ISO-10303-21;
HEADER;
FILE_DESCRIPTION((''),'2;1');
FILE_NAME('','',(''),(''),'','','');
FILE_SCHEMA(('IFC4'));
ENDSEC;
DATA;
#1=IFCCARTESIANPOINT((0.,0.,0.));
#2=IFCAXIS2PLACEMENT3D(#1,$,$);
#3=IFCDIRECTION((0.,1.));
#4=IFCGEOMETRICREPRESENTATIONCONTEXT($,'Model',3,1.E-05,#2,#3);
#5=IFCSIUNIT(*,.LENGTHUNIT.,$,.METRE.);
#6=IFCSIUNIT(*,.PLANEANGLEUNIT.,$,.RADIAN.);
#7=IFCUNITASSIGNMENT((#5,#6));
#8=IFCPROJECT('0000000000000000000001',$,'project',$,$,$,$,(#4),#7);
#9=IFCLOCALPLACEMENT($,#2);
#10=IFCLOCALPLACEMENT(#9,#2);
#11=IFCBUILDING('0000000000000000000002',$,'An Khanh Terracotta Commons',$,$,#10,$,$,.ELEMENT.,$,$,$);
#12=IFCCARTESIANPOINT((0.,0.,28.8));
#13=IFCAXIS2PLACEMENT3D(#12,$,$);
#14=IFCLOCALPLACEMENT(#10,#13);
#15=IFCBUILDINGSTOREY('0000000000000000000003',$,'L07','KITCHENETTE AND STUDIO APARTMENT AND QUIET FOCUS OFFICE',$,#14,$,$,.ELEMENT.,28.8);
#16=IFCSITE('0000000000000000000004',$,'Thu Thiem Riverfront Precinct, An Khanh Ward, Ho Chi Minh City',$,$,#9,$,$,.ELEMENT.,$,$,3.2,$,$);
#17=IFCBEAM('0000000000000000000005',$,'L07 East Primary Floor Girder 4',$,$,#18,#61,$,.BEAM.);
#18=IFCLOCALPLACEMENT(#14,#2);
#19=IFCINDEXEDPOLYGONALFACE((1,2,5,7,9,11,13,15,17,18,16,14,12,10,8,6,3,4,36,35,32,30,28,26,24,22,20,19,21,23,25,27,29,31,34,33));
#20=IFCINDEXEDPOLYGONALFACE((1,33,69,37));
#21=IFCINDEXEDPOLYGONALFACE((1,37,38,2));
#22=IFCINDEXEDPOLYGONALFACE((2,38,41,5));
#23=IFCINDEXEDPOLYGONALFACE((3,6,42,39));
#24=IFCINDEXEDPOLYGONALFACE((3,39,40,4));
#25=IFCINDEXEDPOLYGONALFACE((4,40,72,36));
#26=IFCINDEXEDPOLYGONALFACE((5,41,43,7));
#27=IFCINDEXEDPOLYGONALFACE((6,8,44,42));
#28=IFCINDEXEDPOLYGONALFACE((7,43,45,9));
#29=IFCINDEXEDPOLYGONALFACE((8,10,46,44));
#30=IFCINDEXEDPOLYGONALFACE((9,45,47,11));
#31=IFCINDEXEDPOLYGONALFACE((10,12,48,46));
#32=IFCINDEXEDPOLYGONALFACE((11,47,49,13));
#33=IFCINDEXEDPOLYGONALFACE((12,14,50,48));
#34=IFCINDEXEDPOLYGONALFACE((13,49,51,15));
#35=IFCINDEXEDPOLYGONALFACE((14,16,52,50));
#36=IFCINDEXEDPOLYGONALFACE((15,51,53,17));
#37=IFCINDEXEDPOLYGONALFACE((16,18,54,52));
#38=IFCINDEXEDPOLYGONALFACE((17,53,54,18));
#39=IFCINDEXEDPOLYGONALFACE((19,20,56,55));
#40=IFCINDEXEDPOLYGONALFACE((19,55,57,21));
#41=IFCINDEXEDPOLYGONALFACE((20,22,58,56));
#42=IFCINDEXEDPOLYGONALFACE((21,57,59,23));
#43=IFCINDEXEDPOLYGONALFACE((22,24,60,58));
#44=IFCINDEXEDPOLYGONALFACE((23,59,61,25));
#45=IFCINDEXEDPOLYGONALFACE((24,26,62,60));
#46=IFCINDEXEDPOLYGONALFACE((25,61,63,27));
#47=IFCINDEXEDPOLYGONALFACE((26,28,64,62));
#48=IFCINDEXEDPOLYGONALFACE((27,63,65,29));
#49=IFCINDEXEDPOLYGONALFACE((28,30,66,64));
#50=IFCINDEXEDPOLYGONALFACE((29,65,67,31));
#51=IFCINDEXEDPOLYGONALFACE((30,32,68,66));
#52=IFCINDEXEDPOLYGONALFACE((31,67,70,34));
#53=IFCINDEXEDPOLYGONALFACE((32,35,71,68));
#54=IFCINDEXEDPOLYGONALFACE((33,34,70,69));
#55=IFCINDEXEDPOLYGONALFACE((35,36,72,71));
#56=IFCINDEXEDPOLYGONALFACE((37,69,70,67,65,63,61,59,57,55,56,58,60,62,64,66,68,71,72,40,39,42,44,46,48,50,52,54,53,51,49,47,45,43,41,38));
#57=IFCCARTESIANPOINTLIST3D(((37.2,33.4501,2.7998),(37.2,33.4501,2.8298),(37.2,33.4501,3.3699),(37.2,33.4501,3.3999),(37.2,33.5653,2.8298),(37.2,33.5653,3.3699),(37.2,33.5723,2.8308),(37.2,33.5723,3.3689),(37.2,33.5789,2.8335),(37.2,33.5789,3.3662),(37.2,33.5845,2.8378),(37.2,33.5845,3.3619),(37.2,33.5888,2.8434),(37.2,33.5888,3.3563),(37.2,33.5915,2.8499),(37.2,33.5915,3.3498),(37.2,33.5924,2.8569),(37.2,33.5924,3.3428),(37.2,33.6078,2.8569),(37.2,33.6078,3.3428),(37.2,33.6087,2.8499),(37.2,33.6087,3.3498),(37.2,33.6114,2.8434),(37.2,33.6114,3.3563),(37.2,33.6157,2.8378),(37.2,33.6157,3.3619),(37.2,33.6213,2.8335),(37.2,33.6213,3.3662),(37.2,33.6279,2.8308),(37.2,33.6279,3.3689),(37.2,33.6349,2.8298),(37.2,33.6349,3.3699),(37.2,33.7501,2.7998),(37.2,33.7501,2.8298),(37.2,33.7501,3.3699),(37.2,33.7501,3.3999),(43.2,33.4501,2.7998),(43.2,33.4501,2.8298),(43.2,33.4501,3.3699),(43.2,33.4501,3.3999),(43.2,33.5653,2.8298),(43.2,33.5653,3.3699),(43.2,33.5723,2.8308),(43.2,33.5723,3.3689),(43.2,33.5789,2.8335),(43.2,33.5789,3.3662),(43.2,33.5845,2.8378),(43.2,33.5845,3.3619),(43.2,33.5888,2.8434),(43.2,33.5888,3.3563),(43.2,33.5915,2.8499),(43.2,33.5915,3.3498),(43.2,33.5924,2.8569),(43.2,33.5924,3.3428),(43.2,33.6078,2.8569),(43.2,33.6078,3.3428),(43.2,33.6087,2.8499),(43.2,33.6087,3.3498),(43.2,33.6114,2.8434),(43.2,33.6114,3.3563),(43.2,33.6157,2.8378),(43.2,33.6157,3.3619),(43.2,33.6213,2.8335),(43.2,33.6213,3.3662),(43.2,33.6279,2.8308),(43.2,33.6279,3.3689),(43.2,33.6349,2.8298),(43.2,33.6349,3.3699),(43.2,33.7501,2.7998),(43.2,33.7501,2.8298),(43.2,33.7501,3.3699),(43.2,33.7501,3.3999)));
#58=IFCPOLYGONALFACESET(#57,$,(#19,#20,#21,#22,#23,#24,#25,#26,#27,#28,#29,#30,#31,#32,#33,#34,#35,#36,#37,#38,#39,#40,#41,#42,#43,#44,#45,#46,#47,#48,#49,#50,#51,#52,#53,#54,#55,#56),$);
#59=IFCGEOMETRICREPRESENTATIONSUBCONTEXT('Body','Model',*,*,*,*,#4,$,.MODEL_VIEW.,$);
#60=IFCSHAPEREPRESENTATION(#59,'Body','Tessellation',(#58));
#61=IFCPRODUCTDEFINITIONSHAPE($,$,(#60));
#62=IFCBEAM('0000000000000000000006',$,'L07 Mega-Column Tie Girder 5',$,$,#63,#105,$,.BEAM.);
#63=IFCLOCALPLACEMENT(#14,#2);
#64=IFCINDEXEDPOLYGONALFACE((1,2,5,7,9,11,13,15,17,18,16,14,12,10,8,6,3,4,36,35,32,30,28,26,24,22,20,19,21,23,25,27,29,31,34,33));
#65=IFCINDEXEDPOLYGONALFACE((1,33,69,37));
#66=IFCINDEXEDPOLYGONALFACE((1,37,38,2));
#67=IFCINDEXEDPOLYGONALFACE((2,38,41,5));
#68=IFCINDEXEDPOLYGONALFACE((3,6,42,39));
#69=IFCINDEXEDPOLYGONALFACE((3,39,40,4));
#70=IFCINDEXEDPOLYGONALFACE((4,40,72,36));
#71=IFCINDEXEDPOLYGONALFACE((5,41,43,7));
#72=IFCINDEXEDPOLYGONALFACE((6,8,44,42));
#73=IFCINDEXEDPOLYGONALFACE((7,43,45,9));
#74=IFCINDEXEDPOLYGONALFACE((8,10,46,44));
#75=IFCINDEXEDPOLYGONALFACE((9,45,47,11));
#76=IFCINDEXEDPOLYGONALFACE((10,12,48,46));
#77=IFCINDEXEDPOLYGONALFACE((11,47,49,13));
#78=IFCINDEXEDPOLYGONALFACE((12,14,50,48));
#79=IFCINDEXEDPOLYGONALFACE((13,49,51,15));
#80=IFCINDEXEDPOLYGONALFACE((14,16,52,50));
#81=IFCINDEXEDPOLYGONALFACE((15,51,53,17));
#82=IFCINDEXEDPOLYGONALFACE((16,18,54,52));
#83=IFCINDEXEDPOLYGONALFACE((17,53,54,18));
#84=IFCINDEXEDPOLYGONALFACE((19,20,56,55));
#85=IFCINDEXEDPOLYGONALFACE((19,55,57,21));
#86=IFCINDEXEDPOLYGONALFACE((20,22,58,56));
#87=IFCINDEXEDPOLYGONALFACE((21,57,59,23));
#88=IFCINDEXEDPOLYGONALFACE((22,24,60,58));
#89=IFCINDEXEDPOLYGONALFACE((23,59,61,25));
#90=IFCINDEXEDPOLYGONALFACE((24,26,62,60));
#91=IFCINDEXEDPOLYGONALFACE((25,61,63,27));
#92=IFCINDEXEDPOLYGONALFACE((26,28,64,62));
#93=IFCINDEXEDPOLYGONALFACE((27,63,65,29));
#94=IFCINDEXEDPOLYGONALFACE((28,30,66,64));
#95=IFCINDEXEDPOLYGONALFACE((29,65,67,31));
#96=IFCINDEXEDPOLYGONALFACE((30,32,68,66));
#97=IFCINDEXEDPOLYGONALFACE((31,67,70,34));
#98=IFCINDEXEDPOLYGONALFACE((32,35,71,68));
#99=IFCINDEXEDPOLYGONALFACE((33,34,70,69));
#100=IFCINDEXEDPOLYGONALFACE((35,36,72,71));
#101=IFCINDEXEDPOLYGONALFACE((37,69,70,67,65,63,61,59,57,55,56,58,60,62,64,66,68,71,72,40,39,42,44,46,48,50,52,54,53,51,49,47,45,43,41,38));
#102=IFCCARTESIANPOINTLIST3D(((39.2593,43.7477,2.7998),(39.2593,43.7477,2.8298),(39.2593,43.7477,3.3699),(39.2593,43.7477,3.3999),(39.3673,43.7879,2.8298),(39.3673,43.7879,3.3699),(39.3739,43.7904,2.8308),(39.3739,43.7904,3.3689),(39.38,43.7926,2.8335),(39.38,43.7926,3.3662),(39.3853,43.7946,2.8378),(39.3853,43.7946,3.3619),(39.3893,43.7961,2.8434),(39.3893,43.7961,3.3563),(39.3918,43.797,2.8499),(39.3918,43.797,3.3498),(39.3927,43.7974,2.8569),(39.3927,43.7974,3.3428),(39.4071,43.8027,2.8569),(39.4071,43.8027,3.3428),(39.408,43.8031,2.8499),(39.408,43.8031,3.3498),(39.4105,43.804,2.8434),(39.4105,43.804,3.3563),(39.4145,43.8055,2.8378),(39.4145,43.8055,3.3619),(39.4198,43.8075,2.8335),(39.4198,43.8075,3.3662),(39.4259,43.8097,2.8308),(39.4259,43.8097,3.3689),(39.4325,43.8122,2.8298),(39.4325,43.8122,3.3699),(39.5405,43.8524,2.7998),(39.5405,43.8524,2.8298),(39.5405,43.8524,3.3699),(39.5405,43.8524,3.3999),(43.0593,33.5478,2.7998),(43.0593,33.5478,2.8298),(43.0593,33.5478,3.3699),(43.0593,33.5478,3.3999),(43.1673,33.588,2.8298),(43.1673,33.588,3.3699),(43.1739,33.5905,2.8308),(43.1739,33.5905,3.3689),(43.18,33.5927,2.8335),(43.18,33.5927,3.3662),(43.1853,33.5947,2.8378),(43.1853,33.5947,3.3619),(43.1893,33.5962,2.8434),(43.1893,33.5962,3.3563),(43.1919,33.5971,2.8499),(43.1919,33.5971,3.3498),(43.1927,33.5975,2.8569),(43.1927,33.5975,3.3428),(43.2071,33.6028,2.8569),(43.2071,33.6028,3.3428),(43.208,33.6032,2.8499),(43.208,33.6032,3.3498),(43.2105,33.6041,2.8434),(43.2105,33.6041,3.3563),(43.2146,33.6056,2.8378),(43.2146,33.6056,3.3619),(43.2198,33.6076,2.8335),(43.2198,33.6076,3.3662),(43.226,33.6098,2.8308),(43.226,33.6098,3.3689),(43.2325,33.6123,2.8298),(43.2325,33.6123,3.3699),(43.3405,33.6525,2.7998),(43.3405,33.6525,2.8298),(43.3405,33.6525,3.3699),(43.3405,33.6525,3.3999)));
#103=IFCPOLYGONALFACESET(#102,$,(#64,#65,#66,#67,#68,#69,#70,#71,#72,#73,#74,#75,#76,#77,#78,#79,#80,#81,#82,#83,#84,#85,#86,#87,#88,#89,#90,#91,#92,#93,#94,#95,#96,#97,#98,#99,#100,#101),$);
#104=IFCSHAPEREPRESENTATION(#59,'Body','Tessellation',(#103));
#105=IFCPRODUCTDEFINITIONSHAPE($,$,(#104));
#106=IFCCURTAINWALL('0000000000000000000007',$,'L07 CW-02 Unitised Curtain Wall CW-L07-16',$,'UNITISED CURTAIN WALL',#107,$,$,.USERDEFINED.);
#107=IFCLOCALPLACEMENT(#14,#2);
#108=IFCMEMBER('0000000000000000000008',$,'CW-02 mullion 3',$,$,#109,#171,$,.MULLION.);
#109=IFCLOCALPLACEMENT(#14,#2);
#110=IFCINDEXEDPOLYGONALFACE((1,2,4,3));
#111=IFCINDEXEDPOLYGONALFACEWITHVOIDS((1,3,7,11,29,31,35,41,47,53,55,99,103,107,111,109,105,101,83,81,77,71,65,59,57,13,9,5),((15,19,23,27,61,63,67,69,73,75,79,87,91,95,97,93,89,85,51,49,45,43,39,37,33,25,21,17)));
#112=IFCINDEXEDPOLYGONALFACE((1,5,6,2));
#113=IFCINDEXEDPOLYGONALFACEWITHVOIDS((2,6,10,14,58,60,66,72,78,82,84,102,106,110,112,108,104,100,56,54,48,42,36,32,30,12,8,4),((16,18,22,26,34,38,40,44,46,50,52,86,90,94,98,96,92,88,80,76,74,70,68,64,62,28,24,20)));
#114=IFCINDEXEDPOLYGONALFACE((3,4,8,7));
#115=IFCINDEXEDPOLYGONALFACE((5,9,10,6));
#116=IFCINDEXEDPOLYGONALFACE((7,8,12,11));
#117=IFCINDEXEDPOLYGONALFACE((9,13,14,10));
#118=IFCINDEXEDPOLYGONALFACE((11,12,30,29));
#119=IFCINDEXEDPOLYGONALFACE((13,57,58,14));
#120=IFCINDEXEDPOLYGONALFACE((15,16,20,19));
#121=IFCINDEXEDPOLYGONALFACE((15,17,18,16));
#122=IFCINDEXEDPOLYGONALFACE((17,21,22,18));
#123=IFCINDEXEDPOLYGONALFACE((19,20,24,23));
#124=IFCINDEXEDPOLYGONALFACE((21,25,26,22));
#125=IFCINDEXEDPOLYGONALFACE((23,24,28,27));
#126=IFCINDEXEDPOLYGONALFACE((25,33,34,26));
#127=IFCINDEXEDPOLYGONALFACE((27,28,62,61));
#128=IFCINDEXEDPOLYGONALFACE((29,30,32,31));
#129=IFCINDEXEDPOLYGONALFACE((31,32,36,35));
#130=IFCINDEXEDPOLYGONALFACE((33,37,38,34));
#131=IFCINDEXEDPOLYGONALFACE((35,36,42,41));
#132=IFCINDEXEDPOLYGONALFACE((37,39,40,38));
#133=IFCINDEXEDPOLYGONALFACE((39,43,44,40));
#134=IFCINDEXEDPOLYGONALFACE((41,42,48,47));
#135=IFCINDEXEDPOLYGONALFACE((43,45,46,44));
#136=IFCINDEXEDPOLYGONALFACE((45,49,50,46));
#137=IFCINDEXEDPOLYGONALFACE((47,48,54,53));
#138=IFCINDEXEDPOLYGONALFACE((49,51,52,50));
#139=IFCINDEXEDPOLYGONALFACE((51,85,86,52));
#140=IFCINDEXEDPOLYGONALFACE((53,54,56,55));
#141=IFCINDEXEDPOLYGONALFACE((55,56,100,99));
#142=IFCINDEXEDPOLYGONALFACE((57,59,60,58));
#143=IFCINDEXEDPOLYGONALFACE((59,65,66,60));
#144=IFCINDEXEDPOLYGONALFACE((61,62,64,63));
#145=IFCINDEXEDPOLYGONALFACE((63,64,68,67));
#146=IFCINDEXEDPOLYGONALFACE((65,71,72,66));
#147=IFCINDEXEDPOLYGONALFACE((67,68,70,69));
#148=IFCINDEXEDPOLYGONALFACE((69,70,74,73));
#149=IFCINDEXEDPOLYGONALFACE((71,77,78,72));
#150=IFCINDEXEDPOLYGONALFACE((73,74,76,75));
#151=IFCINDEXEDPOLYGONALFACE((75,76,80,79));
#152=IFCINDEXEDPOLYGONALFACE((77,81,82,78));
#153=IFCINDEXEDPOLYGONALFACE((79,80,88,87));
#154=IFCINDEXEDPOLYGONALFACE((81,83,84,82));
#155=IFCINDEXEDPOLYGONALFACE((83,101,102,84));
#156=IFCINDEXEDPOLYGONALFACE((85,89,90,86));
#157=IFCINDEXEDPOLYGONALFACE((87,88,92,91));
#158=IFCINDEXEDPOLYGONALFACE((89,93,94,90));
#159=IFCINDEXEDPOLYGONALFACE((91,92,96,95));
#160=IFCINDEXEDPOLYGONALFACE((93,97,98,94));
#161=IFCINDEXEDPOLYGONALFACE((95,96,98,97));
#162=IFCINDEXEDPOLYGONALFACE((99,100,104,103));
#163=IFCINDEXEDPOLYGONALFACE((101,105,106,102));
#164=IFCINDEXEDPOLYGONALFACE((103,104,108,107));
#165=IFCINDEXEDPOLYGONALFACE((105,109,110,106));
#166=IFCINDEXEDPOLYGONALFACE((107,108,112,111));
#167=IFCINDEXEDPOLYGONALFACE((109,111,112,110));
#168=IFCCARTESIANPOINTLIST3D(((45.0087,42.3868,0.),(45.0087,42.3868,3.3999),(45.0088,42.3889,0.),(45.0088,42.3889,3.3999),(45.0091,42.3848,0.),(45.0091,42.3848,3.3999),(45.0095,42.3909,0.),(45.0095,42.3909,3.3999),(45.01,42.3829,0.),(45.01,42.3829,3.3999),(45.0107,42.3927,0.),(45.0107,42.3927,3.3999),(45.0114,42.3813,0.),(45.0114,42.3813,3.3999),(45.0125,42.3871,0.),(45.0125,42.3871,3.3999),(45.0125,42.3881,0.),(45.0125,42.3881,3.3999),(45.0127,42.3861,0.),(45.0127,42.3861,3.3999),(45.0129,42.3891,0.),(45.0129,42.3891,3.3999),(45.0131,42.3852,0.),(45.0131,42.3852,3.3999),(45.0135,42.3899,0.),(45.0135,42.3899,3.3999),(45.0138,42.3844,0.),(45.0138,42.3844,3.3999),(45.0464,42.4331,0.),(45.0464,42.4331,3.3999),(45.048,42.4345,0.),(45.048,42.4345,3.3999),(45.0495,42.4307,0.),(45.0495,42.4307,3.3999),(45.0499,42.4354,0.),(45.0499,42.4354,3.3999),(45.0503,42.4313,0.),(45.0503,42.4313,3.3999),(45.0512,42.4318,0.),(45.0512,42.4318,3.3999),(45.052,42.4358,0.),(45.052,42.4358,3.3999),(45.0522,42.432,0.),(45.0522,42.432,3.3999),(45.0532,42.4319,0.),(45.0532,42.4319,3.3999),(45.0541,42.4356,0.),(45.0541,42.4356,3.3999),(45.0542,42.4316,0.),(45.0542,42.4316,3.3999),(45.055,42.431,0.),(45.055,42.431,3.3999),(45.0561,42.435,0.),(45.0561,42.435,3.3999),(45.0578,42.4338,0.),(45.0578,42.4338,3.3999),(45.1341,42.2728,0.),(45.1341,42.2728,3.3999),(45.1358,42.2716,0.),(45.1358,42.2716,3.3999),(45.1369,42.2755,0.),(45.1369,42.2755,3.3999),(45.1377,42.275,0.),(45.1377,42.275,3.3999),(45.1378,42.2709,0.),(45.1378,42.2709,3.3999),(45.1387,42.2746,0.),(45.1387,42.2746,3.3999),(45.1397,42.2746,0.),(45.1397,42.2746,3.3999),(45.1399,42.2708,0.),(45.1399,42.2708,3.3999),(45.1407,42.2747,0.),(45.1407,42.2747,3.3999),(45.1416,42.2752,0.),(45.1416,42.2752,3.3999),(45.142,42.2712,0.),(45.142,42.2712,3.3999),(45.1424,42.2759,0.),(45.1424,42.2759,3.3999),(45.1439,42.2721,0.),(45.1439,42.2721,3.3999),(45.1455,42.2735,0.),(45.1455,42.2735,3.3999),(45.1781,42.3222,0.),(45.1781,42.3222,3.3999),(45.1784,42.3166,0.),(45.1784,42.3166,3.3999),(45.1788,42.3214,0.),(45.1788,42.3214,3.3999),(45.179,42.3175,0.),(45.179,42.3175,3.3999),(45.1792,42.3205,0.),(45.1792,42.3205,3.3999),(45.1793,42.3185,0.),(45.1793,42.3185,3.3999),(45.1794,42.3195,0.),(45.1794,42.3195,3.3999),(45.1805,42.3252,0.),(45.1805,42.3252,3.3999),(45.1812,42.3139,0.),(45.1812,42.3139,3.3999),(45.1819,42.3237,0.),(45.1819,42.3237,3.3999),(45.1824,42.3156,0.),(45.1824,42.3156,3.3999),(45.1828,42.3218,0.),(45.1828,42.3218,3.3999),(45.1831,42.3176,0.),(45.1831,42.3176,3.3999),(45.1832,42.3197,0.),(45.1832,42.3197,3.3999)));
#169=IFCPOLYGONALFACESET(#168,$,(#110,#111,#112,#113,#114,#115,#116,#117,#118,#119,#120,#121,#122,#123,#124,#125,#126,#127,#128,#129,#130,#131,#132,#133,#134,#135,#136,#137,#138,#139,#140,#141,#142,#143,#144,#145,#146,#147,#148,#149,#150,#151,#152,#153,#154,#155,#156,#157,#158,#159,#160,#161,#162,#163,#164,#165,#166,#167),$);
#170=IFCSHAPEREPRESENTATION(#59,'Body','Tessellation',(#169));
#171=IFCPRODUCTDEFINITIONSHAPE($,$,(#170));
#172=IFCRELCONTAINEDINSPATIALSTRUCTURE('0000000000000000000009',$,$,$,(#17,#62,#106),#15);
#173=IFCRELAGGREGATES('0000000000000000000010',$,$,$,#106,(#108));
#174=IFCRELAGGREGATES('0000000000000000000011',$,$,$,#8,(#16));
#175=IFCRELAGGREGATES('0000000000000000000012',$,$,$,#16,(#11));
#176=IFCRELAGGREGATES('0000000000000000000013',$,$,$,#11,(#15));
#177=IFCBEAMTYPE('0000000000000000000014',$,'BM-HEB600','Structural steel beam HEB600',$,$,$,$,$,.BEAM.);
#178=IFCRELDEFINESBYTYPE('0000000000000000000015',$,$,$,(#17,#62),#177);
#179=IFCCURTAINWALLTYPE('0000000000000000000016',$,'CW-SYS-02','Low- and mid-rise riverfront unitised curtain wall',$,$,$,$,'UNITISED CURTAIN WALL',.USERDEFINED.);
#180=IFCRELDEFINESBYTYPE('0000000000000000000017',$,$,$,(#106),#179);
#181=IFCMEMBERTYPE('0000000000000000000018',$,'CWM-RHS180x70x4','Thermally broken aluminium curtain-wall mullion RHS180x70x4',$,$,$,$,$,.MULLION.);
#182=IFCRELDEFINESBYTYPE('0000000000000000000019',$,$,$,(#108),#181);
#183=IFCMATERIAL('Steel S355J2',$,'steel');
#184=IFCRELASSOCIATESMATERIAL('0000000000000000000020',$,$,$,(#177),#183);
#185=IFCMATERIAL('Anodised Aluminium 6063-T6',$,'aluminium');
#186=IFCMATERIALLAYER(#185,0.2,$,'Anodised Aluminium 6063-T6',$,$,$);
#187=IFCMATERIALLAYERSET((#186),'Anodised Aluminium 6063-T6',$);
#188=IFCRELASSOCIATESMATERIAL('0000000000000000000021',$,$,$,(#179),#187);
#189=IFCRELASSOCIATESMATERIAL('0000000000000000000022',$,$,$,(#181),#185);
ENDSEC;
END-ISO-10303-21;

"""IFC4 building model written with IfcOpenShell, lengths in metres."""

from ifc_helpers import new_model, si_unit, direction, frame, origin, origin_2d, place, context, subcontext, project, spatial, hollow_rectangle, i_section, extrude, material, layer, layer_set, material_profile, profile_set, type_object, element, aggregate, save


model = new_model("IFC4")

# Units and contexts
model_context = context("Model", 3, precision=1e-05, world=origin(), true_north=direction((0.0, 1.0)))
body_context = subcontext(model_context, "Body", "Model", "MODEL_VIEW")
ifc_project = project(units=[si_unit("LENGTHUNIT", "METRE"), si_unit("PLANEANGLEUNIT", "RADIAN")], contexts=[model_context])

# Site, building, storey
site_placement = place(None, origin())
site = spatial("IfcSite", under=ifc_project, at=site_placement, Name="Thu Thiem Riverfront Precinct, An Khanh Ward, Ho Chi Minh City", CompositionType="ELEMENT", RefElevation=3.2)
building_placement = place(site_placement, origin())
building = spatial("IfcBuilding", under=site, at=building_placement, Name="An Khanh Terracotta Commons", CompositionType="ELEMENT")
storey_placement = place(building_placement, frame((0.0, 0.0, 28.8)))
storey = spatial("IfcBuildingStorey", under=building, at=storey_placement, Name="L07", Description="KITCHENETTE AND STUDIO APARTMENT AND QUIET FOCUS OFFICE", CompositionType="ELEMENT", Elevation=28.8)

# Beams
ifc_material_1 = material(Name="Steel S355J2", Category="steel")
ifc_material_profile_1 = material_profile(ifc_material_1, i_section(OverallWidth=0.3, OverallDepth=0.6001, WebThickness=0.0154, FlangeThickness=0.03, FilletRadius=0.0271, at=origin_2d()), Name="HEB600")
ifc_profile_set_1 = profile_set([ifc_material_profile_1], Name="Steel S355J2")
beam_type_1 = type_object("IfcBeamType", Name="BM-HEB600", Description="Structural steel beam HEB600", PredefinedType="BEAM", material=ifc_profile_set_1)
beam_1_placement = place(storey_placement, frame((37.2, 33.6001, 3.0999), z_axis=(1.0, 0.0, 0.0), x_axis=(0.0, 1.0, 0.0)))
element("IfcBeam", 1, at=beam_1_placement, inside=storey, type_object=beam_type_1, Name="L07 East Primary Floor Girder 4", PredefinedType="BEAM", context=body_context, shape_type="SweptSolid", body=[
    extrude(i_section(OverallWidth=0.3, OverallDepth=0.6001, WebThickness=0.0154, FlangeThickness=0.03, FilletRadius=0.0271, at=origin_2d()), origin(), (0.0, 0.0, 1.0), 6.0),
])
beam_2_placement = place(storey_placement, frame((39.3999, 43.8, 3.0999), z_axis=(0.349114, -0.93708, 0.0), x_axis=(0.93708, 0.349114, 0.0)))
element("IfcBeam", 2, at=beam_2_placement, inside=storey, type_object=beam_type_1, Name="L07 Mega-Column Tie Girder 5", PredefinedType="BEAM", context=body_context, shape_type="SweptSolid", body=[
    extrude(i_section(OverallWidth=0.3, OverallDepth=0.6001, WebThickness=0.0154, FlangeThickness=0.03, FilletRadius=0.0271, at=origin_2d()), origin(), (0.0, 0.0, 1.0), 10.8848),
])

# Curtain wall, member
ifc_material_2 = material(Name="Anodised Aluminium 6063-T6", Category="aluminium")
ifc_layer_1 = layer(ifc_material_2, 0.2, Name="Anodised Aluminium 6063-T6")
ifc_layer_set_1 = layer_set([ifc_layer_1], Name="Anodised Aluminium 6063-T6")
curtain_wall_type = type_object("IfcCurtainWallType", Name="CW-SYS-02", Description="Low- and mid-rise riverfront unitised curtain wall", ElementType="UNITISED CURTAIN WALL", PredefinedType="USERDEFINED", material=ifc_layer_set_1)
curtain_wall_placement = place(storey_placement, origin())
curtain_wall = element("IfcCurtainWall", 3, at=curtain_wall_placement, inside=storey, type_object=curtain_wall_type, Name="L07 CW-02 Unitised Curtain Wall CW-L07-16", ObjectType="UNITISED CURTAIN WALL", PredefinedType="USERDEFINED")
ifc_material_profile_2 = material_profile(ifc_material_2, hollow_rectangle(XDim=0.0701, YDim=0.1799, WallThickness=0.0039, InnerFilletRadius=0.0039, OuterFilletRadius=0.0081, at=origin_2d()), Name="RHS180x70x4")
ifc_profile_set_2 = profile_set([ifc_material_profile_2], Name="Anodised Aluminium 6063-T6")
member_type_1 = type_object("IfcMemberType", Name="CWM-RHS180x70x4", Description="Thermally broken aluminium curtain-wall mullion RHS180x70x4", PredefinedType="MULLION", material=ifc_profile_set_2)
member_1_placement = place(storey_placement, frame((45.0959, 42.3533, 0.0), z_axis=(0.0, 0.0, 1.0), x_axis=(-0.662548, -0.749019, 0.0)))
member_1 = element("IfcMember", 4, at=member_1_placement, type_object=member_type_1, Name="CW-02 mullion 3", PredefinedType="MULLION", context=body_context, shape_type="SweptSolid", body=[
    extrude(hollow_rectangle(XDim=0.0701, YDim=0.1799, WallThickness=0.0039, InnerFilletRadius=0.0039, OuterFilletRadius=0.0081, at=origin_2d()), origin(), (0.0, 0.0, 1.0), 3.3999),
])
aggregate(curtain_wall, [member_1])

save(model, "model.ifc")
